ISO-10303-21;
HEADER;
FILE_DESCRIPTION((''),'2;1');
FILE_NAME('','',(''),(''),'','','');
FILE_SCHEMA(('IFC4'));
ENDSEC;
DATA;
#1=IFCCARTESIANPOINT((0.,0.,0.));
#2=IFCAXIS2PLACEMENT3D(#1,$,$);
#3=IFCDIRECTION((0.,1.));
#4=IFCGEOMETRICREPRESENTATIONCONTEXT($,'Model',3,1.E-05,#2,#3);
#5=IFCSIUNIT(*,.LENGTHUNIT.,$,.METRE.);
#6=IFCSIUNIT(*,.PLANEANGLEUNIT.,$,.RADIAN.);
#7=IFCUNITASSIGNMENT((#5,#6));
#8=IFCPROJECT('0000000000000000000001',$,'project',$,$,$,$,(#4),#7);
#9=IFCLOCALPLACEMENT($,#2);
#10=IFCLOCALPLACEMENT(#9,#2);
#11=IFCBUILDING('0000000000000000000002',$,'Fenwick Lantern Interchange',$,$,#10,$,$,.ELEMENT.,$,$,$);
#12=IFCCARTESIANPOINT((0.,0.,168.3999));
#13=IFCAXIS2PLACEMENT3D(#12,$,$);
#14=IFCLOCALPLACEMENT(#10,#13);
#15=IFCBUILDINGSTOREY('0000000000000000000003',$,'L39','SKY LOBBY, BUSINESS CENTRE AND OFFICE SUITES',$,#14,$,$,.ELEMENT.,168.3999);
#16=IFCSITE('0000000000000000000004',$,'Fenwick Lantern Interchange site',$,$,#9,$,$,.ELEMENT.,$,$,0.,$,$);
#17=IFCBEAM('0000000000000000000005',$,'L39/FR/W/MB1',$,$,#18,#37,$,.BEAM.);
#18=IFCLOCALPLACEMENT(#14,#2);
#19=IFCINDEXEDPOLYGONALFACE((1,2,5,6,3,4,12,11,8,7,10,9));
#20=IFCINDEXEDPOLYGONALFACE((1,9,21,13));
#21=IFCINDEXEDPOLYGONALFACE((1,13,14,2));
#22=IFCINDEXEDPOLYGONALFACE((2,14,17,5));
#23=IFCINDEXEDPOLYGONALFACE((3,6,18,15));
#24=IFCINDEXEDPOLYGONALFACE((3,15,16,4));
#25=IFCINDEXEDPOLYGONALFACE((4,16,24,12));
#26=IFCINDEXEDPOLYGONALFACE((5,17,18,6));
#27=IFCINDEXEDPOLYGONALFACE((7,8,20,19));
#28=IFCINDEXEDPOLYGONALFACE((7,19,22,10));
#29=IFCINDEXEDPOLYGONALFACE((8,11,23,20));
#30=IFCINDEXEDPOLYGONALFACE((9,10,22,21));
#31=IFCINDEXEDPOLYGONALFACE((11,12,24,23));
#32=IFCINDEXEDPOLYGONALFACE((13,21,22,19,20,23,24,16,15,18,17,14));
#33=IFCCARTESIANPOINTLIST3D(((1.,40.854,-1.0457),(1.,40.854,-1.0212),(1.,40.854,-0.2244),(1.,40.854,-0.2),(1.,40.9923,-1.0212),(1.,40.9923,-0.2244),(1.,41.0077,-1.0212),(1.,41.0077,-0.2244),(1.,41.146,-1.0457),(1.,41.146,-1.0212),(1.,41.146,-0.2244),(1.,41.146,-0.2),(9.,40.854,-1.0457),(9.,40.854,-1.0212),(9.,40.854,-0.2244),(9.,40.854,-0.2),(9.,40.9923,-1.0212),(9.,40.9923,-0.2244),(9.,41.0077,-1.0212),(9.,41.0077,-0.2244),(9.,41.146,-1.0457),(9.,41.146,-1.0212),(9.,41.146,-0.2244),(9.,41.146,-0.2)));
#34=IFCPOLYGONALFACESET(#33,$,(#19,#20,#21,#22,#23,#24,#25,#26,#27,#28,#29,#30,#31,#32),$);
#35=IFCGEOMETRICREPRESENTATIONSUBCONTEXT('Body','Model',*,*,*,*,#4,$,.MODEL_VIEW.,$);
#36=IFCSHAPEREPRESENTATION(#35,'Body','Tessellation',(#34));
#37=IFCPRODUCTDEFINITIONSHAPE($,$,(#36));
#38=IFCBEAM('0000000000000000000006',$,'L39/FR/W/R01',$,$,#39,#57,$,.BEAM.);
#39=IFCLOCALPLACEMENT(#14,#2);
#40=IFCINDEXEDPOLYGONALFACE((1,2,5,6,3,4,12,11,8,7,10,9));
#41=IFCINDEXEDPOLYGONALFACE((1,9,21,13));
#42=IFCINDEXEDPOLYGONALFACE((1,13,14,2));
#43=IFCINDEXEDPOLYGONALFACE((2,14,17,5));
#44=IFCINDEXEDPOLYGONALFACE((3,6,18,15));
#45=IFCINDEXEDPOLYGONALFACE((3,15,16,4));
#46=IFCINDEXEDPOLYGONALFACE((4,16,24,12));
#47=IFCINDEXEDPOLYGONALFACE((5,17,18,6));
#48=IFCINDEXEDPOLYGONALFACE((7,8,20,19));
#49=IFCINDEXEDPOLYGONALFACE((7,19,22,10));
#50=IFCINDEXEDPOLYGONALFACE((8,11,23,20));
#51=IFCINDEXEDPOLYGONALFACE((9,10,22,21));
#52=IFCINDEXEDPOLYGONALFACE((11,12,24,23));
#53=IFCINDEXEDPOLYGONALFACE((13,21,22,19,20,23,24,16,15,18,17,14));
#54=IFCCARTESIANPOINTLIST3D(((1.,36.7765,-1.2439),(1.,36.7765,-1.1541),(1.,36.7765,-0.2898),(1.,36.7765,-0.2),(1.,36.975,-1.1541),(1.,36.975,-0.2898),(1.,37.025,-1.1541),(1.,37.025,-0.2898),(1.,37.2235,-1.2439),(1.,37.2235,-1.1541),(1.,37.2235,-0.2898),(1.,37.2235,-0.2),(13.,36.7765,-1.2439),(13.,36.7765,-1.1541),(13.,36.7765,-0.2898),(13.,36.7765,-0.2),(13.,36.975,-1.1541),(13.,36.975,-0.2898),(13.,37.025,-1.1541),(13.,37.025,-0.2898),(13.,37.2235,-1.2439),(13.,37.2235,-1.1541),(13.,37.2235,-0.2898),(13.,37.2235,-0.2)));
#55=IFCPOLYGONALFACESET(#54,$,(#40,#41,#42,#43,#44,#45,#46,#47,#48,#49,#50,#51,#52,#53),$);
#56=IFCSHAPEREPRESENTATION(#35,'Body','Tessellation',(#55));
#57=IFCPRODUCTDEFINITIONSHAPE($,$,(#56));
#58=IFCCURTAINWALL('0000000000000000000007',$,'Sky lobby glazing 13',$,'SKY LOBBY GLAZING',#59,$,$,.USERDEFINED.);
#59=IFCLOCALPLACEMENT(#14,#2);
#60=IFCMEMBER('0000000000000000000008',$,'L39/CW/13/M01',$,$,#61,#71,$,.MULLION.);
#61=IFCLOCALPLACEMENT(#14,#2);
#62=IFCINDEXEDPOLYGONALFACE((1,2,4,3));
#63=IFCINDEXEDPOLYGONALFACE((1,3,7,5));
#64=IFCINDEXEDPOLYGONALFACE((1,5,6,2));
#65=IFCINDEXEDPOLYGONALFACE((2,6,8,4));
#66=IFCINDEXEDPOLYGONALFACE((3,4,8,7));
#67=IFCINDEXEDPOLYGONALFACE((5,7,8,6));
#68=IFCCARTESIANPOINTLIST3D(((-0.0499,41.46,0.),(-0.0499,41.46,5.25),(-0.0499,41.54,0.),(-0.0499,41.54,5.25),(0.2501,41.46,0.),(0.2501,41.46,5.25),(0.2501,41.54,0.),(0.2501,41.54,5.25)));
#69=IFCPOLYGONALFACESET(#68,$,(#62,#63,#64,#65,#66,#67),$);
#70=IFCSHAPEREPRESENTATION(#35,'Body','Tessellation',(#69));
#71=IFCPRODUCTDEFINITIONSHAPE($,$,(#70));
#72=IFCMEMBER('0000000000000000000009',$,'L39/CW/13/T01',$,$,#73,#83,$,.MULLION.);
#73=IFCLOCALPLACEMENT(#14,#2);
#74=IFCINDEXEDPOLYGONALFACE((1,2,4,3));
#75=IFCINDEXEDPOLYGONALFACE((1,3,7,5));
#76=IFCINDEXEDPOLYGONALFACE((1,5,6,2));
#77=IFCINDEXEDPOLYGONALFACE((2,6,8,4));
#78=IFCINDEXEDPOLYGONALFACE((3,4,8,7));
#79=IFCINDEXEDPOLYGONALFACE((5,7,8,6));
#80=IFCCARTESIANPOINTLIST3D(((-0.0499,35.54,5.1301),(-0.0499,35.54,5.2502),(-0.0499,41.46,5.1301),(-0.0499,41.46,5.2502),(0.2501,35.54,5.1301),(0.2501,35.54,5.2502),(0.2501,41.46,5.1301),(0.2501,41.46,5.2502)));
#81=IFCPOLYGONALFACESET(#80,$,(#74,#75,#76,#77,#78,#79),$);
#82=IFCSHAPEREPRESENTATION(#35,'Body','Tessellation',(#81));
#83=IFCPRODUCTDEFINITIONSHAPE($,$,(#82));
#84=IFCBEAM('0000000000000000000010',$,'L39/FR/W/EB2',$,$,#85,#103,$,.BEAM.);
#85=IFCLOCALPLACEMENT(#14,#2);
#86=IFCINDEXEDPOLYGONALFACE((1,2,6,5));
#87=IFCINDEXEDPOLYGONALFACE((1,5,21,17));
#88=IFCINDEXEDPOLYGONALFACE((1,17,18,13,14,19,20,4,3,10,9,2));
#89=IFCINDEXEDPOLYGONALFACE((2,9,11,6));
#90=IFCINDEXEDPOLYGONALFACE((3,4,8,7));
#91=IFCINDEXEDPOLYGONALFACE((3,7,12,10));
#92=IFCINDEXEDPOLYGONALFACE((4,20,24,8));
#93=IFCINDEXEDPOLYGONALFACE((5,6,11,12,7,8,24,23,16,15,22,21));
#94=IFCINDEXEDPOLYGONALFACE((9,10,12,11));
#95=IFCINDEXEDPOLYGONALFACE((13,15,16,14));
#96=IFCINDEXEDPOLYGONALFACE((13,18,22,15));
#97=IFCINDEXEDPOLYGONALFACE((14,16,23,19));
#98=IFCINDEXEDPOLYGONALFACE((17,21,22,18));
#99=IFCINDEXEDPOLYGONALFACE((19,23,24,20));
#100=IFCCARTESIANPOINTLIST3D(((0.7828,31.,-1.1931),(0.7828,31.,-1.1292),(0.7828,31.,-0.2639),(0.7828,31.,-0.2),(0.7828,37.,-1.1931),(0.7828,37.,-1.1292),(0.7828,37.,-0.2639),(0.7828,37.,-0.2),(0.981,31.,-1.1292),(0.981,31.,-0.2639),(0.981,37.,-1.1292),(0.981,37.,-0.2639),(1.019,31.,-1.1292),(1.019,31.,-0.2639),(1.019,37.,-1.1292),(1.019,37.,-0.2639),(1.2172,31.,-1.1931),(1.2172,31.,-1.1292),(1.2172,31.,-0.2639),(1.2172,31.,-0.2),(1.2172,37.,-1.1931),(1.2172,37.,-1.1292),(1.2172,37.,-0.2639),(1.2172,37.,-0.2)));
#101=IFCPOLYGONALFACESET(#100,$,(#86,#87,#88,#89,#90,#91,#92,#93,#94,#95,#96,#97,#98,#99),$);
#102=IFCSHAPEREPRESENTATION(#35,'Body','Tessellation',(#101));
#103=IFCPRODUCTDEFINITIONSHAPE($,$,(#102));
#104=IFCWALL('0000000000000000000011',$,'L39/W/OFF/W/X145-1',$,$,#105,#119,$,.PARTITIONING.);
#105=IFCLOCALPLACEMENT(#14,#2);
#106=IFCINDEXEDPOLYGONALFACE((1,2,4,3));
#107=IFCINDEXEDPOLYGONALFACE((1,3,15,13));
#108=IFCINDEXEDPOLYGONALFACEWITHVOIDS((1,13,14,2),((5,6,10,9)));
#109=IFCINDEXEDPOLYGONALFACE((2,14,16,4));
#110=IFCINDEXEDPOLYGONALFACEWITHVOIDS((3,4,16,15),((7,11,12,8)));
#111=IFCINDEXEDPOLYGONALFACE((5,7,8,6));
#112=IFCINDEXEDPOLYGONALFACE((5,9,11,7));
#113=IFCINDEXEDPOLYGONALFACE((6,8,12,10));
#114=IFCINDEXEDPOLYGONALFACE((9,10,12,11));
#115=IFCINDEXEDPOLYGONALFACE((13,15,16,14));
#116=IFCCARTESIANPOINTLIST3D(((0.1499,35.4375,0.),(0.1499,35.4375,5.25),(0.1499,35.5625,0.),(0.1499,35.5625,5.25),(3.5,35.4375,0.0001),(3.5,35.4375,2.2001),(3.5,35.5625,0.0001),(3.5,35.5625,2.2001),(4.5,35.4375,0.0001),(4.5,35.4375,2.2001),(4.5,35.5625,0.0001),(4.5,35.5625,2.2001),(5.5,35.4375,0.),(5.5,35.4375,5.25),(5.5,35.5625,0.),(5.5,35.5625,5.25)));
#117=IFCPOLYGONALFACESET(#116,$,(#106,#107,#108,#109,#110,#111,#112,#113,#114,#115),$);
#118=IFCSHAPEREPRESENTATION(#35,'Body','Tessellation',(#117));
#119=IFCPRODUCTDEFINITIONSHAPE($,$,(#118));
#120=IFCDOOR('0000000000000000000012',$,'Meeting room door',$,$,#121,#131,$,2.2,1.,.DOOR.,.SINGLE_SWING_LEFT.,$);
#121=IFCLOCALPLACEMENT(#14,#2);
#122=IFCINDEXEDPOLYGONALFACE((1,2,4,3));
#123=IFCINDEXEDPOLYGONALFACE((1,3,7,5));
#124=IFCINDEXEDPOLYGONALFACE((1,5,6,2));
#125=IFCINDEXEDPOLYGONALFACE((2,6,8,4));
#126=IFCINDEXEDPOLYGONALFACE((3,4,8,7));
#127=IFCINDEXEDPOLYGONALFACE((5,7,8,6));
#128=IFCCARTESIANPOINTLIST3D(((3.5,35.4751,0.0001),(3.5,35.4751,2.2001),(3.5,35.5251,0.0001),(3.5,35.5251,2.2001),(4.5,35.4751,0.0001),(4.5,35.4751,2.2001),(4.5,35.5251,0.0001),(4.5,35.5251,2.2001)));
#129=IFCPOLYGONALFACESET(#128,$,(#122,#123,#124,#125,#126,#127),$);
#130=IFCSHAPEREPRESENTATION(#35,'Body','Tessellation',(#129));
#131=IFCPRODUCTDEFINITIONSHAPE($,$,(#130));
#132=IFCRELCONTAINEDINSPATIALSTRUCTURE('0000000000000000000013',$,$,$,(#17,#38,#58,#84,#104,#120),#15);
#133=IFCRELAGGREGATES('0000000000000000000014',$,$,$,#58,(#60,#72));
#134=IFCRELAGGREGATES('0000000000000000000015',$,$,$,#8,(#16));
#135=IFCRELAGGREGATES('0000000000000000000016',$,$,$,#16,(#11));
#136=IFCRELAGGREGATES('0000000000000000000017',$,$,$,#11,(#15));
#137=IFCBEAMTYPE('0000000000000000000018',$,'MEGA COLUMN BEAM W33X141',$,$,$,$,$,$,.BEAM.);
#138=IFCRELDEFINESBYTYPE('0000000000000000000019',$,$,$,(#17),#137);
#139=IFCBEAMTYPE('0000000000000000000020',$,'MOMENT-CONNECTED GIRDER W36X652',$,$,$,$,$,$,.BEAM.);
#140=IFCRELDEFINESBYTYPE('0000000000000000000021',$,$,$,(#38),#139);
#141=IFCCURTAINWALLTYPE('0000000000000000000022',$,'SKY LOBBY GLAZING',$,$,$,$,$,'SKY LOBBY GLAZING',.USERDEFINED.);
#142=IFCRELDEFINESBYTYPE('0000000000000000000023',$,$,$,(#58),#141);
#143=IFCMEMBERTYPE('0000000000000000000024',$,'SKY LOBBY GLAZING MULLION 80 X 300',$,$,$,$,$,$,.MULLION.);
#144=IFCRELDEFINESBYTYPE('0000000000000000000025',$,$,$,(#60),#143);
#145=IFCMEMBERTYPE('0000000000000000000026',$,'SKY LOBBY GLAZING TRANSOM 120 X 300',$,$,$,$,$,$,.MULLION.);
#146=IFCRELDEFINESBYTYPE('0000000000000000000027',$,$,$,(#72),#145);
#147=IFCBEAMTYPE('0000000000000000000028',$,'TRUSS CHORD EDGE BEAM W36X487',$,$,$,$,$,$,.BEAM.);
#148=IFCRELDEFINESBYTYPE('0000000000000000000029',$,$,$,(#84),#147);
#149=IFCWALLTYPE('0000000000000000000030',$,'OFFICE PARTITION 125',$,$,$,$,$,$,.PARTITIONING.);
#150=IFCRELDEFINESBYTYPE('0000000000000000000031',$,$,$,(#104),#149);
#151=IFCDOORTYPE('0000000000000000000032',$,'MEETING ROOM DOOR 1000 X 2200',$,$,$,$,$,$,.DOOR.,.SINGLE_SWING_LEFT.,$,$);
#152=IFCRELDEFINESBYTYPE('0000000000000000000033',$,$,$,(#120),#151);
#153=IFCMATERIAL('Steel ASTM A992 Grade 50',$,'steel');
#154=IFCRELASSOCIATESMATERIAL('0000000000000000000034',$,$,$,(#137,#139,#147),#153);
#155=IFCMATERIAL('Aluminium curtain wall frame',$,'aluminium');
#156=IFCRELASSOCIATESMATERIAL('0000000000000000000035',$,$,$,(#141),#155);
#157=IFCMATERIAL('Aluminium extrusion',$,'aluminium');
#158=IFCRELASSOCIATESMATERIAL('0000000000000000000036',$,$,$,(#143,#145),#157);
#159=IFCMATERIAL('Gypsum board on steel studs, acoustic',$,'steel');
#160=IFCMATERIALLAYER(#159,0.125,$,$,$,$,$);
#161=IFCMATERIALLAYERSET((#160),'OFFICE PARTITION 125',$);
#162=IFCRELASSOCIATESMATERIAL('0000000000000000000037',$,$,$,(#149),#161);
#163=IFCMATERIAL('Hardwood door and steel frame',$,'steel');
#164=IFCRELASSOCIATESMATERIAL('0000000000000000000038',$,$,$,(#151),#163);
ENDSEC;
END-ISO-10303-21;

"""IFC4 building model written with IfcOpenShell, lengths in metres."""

from ifc_helpers import new_model, si_unit, direction, frame, frame_2d, origin, origin_2d, place, context, subcontext, project, spatial, rectangle, i_section, extrude, material, layer, layer_set, material_profile, profile_set, type_object, element, fill, aggregate, save


model = new_model("IFC4")

# Units and contexts
model_context = context("Model", 3, precision=1e-05, world=origin(), true_north=direction((0.0, 1.0)))
body_context = subcontext(model_context, "Body", "Model", "MODEL_VIEW")
ifc_project = project(units=[si_unit("LENGTHUNIT", "METRE"), si_unit("PLANEANGLEUNIT", "RADIAN")], contexts=[model_context])

# Site, building, storey
site_placement = place(None, origin())
site = spatial("IfcSite", under=ifc_project, at=site_placement, Name="Fenwick Lantern Interchange site", CompositionType="ELEMENT", RefElevation=0.0)
building_placement = place(site_placement, origin())
building = spatial("IfcBuilding", under=site, at=building_placement, Name="Fenwick Lantern Interchange", CompositionType="ELEMENT")
storey_placement = place(building_placement, frame((0.0, 0.0, 168.3999)))
storey = spatial("IfcBuildingStorey", under=building, at=storey_placement, Name="L39", Description="SKY LOBBY, BUSINESS CENTRE AND OFFICE SUITES", CompositionType="ELEMENT", Elevation=168.3999)

# Shared definitions
ifc_material_1 = material(Name="Steel ASTM A992 Grade 50", Category="steel")

# Beams
ifc_material_profile_1 = material_profile(ifc_material_1, i_section(OverallWidth=0.292, OverallDepth=0.8457, WebThickness=0.0154, FlangeThickness=0.0244, at=origin_2d()), Name="W33X141")
ifc_profile_set_1 = profile_set([ifc_material_profile_1], Name="Steel ASTM A992 Grade 50")
beam_type_1 = type_object("IfcBeamType", Name="MEGA COLUMN BEAM W33X141", PredefinedType="BEAM", material=ifc_profile_set_1)
beam_1_placement = place(storey_placement, frame((9.0, 41.0, -0.6228), z_axis=(-1.0, 0.0, 0.0), x_axis=(0.0, -1.0, 0.0)))
element("IfcBeam", 1, at=beam_1_placement, inside=storey, type_object=beam_type_1, Name="L39/FR/W/MB1", PredefinedType="BEAM", context=body_context, shape_type="SweptSolid", body=[
    extrude(i_section(OverallWidth=0.292, OverallDepth=0.8457, WebThickness=0.0154, FlangeThickness=0.0244, at=origin_2d()), origin(), (0.0, 0.0, 1.0), 8.0),
])
ifc_material_profile_2 = material_profile(ifc_material_1, i_section(OverallWidth=0.447, OverallDepth=1.0439, WebThickness=0.05, FlangeThickness=0.0898, at=origin_2d()), Name="W36X652")
ifc_profile_set_2 = profile_set([ifc_material_profile_2], Name="Steel ASTM A992 Grade 50")
beam_type_2 = type_object("IfcBeamType", Name="MOMENT-CONNECTED GIRDER W36X652", PredefinedType="BEAM", material=ifc_profile_set_2)
beam_2_placement = place(storey_placement, frame((1.0, 37.0, -0.7219), z_axis=(1.0, 0.0, 0.0), x_axis=(0.0, 1.0, 0.0)))
element("IfcBeam", 2, at=beam_2_placement, inside=storey, type_object=beam_type_2, Name="L39/FR/W/R01", PredefinedType="BEAM", context=body_context, shape_type="SweptSolid", body=[
    extrude(i_section(OverallWidth=0.447, OverallDepth=1.0439, WebThickness=0.05, FlangeThickness=0.0898, at=origin_2d()), origin(), (0.0, 0.0, 1.0), 12.0),
])

# Curtain wall, members
ifc_material_2 = material(Name="Aluminium curtain wall frame", Category="aluminium")
curtain_wall_type = type_object("IfcCurtainWallType", Name="SKY LOBBY GLAZING", ElementType="SKY LOBBY GLAZING", PredefinedType="USERDEFINED", material=ifc_material_2)
curtain_wall_placement = place(storey_placement, origin())
curtain_wall = element("IfcCurtainWall", 3, at=curtain_wall_placement, inside=storey, type_object=curtain_wall_type, Name="Sky lobby glazing 13", ObjectType="SKY LOBBY GLAZING", PredefinedType="USERDEFINED")
ifc_material_3 = material(Name="Aluminium extrusion", Category="aluminium")
ifc_material_profile_3 = material_profile(ifc_material_3, rectangle(XDim=0.3, YDim=0.0801, at=origin_2d()), Name="SKY LOBBY GLAZING MULLION 80 X 300")
ifc_profile_set_3 = profile_set([ifc_material_profile_3], Name="Aluminium extrusion")
member_type_1 = type_object("IfcMemberType", Name="SKY LOBBY GLAZING MULLION 80 X 300", PredefinedType="MULLION", material=ifc_profile_set_3)
member_1_placement = place(storey_placement, frame((0.1001, 41.5, 0.0), z_axis=(0.0, 0.0, 1.0), x_axis=(1.0, 0.0, 0.0)))
member_1 = element("IfcMember", 4, at=member_1_placement, type_object=member_type_1, Name="L39/CW/13/M01", PredefinedType="MULLION", context=body_context, shape_type="SweptSolid", body=[
    extrude(rectangle(XDim=0.3, YDim=0.0801, at=origin_2d()), origin(), (0.0, 0.0, 1.0), 5.25),
])
ifc_material_profile_4 = material_profile(ifc_material_3, rectangle(XDim=0.3, YDim=0.1201, at=origin_2d()), Name="SKY LOBBY GLAZING TRANSOM 120 X 300")
ifc_profile_set_4 = profile_set([ifc_material_profile_4], Name="Aluminium extrusion")
member_type_2 = type_object("IfcMemberType", Name="SKY LOBBY GLAZING TRANSOM 120 X 300", PredefinedType="MULLION", material=ifc_profile_set_4)
member_2_placement = place(storey_placement, frame((0.1001, 41.46, 5.1902), z_axis=(0.0, -1.0, 0.0), x_axis=(1.0, 0.0, 0.0)))
member_2 = element("IfcMember", 5, at=member_2_placement, type_object=member_type_2, Name="L39/CW/13/T01", PredefinedType="MULLION", context=body_context, shape_type="SweptSolid", body=[
    extrude(rectangle(XDim=0.3, YDim=0.1201, at=origin_2d()), origin(), (0.0, 0.0, 1.0), 5.9199),
])
aggregate(curtain_wall, [member_1, member_2])

# Beam
ifc_material_profile_5 = material_profile(ifc_material_1, i_section(OverallWidth=0.4343, OverallDepth=0.9932, WebThickness=0.0381, FlangeThickness=0.064, at=origin_2d()), Name="W36X487")
ifc_profile_set_5 = profile_set([ifc_material_profile_5], Name="Steel ASTM A992 Grade 50")
beam_type_3 = type_object("IfcBeamType", Name="TRUSS CHORD EDGE BEAM W36X487", PredefinedType="BEAM", material=ifc_profile_set_5)
beam_3_placement = place(storey_placement, frame((1.0, 37.0, -0.6965), z_axis=(0.0, -1.0, 0.0), x_axis=(1.0, 0.0, 0.0)))
element("IfcBeam", 6, at=beam_3_placement, inside=storey, type_object=beam_type_3, Name="L39/FR/W/EB2", PredefinedType="BEAM", context=body_context, shape_type="SweptSolid", body=[
    extrude(i_section(OverallWidth=0.4343, OverallDepth=0.9932, WebThickness=0.0381, FlangeThickness=0.064, at=origin_2d()), origin(), (0.0, 0.0, 1.0), 6.0),
])

# Wall, opening, door
ifc_material_4 = material(Name="Gypsum board on steel studs, acoustic", Category="steel")
ifc_layer = layer(ifc_material_4, 0.125)
ifc_layer_set = layer_set([ifc_layer], Name="OFFICE PARTITION 125")
wall_type = type_object("IfcWallType", Name="OFFICE PARTITION 125", PredefinedType="PARTITIONING", material=ifc_layer_set)
wall_1_placement = place(storey_placement, frame((0.1499, 35.5, 0.0), z_axis=(0.0, 0.0, 1.0), x_axis=(1.0, 0.0, 0.0)))
wall_1 = element("IfcWall", 7, at=wall_1_placement, inside=storey, type_object=wall_type, Name="L39/W/OFF/W/X145-1", PredefinedType="PARTITIONING", context=body_context, shape_type="SweptSolid", body=[
    extrude(rectangle(XDim=5.3501, YDim=0.125, at=frame_2d((2.675, 0.0))), origin(), (0.0, 0.0, 1.0), 5.25),
])
opening_1_placement = place(wall_1_placement, frame((3.3501, 0.0, 0.0)))
opening_1 = element("IfcOpeningElement", 8, at=opening_1_placement, cuts=wall_1, PredefinedType="OPENING", context=body_context, shape_type="SweptSolid", body=[
    extrude(rectangle(XDim=1.0, YDim=2.2, at=frame_2d((0.5, 1.1001))), frame((0.0, 0.0725, 0.0), z_axis=(0.0, -1.0, 0.0), x_axis=(1.0, 0.0, 0.0)), (0.0, 0.0, 1.0), 0.145),
])
ifc_material_5 = material(Name="Hardwood door and steel frame", Category="steel")
door_type = type_object("IfcDoorType", Name="MEETING ROOM DOOR 1000 X 2200", OperationType="SINGLE_SWING_LEFT", PredefinedType="DOOR", material=ifc_material_5)
door_1_placement = place(opening_1_placement, frame((1.0, 0.0, 0.0), z_axis=(0.0, 0.0, 1.0), x_axis=(-1.0, 0.0, 0.0)))
door_1 = element("IfcDoor", 9, at=door_1_placement, inside=storey, type_object=door_type, Name="Meeting room door", OperationType="SINGLE_SWING_LEFT", OverallHeight=2.2, OverallWidth=1.0, PredefinedType="DOOR", context=body_context, shape_type="SweptSolid", body=[
    extrude(rectangle(XDim=1.0, YDim=2.2, at=frame_2d((0.5, 1.1001))), frame((0.0, 0.0249, 0.0), z_axis=(0.0, -1.0, 0.0), x_axis=(1.0, 0.0, 0.0)), (0.0, 0.0, 1.0), 0.05),
])
fill(opening_1, door_1)

save(model, "model.ifc")
